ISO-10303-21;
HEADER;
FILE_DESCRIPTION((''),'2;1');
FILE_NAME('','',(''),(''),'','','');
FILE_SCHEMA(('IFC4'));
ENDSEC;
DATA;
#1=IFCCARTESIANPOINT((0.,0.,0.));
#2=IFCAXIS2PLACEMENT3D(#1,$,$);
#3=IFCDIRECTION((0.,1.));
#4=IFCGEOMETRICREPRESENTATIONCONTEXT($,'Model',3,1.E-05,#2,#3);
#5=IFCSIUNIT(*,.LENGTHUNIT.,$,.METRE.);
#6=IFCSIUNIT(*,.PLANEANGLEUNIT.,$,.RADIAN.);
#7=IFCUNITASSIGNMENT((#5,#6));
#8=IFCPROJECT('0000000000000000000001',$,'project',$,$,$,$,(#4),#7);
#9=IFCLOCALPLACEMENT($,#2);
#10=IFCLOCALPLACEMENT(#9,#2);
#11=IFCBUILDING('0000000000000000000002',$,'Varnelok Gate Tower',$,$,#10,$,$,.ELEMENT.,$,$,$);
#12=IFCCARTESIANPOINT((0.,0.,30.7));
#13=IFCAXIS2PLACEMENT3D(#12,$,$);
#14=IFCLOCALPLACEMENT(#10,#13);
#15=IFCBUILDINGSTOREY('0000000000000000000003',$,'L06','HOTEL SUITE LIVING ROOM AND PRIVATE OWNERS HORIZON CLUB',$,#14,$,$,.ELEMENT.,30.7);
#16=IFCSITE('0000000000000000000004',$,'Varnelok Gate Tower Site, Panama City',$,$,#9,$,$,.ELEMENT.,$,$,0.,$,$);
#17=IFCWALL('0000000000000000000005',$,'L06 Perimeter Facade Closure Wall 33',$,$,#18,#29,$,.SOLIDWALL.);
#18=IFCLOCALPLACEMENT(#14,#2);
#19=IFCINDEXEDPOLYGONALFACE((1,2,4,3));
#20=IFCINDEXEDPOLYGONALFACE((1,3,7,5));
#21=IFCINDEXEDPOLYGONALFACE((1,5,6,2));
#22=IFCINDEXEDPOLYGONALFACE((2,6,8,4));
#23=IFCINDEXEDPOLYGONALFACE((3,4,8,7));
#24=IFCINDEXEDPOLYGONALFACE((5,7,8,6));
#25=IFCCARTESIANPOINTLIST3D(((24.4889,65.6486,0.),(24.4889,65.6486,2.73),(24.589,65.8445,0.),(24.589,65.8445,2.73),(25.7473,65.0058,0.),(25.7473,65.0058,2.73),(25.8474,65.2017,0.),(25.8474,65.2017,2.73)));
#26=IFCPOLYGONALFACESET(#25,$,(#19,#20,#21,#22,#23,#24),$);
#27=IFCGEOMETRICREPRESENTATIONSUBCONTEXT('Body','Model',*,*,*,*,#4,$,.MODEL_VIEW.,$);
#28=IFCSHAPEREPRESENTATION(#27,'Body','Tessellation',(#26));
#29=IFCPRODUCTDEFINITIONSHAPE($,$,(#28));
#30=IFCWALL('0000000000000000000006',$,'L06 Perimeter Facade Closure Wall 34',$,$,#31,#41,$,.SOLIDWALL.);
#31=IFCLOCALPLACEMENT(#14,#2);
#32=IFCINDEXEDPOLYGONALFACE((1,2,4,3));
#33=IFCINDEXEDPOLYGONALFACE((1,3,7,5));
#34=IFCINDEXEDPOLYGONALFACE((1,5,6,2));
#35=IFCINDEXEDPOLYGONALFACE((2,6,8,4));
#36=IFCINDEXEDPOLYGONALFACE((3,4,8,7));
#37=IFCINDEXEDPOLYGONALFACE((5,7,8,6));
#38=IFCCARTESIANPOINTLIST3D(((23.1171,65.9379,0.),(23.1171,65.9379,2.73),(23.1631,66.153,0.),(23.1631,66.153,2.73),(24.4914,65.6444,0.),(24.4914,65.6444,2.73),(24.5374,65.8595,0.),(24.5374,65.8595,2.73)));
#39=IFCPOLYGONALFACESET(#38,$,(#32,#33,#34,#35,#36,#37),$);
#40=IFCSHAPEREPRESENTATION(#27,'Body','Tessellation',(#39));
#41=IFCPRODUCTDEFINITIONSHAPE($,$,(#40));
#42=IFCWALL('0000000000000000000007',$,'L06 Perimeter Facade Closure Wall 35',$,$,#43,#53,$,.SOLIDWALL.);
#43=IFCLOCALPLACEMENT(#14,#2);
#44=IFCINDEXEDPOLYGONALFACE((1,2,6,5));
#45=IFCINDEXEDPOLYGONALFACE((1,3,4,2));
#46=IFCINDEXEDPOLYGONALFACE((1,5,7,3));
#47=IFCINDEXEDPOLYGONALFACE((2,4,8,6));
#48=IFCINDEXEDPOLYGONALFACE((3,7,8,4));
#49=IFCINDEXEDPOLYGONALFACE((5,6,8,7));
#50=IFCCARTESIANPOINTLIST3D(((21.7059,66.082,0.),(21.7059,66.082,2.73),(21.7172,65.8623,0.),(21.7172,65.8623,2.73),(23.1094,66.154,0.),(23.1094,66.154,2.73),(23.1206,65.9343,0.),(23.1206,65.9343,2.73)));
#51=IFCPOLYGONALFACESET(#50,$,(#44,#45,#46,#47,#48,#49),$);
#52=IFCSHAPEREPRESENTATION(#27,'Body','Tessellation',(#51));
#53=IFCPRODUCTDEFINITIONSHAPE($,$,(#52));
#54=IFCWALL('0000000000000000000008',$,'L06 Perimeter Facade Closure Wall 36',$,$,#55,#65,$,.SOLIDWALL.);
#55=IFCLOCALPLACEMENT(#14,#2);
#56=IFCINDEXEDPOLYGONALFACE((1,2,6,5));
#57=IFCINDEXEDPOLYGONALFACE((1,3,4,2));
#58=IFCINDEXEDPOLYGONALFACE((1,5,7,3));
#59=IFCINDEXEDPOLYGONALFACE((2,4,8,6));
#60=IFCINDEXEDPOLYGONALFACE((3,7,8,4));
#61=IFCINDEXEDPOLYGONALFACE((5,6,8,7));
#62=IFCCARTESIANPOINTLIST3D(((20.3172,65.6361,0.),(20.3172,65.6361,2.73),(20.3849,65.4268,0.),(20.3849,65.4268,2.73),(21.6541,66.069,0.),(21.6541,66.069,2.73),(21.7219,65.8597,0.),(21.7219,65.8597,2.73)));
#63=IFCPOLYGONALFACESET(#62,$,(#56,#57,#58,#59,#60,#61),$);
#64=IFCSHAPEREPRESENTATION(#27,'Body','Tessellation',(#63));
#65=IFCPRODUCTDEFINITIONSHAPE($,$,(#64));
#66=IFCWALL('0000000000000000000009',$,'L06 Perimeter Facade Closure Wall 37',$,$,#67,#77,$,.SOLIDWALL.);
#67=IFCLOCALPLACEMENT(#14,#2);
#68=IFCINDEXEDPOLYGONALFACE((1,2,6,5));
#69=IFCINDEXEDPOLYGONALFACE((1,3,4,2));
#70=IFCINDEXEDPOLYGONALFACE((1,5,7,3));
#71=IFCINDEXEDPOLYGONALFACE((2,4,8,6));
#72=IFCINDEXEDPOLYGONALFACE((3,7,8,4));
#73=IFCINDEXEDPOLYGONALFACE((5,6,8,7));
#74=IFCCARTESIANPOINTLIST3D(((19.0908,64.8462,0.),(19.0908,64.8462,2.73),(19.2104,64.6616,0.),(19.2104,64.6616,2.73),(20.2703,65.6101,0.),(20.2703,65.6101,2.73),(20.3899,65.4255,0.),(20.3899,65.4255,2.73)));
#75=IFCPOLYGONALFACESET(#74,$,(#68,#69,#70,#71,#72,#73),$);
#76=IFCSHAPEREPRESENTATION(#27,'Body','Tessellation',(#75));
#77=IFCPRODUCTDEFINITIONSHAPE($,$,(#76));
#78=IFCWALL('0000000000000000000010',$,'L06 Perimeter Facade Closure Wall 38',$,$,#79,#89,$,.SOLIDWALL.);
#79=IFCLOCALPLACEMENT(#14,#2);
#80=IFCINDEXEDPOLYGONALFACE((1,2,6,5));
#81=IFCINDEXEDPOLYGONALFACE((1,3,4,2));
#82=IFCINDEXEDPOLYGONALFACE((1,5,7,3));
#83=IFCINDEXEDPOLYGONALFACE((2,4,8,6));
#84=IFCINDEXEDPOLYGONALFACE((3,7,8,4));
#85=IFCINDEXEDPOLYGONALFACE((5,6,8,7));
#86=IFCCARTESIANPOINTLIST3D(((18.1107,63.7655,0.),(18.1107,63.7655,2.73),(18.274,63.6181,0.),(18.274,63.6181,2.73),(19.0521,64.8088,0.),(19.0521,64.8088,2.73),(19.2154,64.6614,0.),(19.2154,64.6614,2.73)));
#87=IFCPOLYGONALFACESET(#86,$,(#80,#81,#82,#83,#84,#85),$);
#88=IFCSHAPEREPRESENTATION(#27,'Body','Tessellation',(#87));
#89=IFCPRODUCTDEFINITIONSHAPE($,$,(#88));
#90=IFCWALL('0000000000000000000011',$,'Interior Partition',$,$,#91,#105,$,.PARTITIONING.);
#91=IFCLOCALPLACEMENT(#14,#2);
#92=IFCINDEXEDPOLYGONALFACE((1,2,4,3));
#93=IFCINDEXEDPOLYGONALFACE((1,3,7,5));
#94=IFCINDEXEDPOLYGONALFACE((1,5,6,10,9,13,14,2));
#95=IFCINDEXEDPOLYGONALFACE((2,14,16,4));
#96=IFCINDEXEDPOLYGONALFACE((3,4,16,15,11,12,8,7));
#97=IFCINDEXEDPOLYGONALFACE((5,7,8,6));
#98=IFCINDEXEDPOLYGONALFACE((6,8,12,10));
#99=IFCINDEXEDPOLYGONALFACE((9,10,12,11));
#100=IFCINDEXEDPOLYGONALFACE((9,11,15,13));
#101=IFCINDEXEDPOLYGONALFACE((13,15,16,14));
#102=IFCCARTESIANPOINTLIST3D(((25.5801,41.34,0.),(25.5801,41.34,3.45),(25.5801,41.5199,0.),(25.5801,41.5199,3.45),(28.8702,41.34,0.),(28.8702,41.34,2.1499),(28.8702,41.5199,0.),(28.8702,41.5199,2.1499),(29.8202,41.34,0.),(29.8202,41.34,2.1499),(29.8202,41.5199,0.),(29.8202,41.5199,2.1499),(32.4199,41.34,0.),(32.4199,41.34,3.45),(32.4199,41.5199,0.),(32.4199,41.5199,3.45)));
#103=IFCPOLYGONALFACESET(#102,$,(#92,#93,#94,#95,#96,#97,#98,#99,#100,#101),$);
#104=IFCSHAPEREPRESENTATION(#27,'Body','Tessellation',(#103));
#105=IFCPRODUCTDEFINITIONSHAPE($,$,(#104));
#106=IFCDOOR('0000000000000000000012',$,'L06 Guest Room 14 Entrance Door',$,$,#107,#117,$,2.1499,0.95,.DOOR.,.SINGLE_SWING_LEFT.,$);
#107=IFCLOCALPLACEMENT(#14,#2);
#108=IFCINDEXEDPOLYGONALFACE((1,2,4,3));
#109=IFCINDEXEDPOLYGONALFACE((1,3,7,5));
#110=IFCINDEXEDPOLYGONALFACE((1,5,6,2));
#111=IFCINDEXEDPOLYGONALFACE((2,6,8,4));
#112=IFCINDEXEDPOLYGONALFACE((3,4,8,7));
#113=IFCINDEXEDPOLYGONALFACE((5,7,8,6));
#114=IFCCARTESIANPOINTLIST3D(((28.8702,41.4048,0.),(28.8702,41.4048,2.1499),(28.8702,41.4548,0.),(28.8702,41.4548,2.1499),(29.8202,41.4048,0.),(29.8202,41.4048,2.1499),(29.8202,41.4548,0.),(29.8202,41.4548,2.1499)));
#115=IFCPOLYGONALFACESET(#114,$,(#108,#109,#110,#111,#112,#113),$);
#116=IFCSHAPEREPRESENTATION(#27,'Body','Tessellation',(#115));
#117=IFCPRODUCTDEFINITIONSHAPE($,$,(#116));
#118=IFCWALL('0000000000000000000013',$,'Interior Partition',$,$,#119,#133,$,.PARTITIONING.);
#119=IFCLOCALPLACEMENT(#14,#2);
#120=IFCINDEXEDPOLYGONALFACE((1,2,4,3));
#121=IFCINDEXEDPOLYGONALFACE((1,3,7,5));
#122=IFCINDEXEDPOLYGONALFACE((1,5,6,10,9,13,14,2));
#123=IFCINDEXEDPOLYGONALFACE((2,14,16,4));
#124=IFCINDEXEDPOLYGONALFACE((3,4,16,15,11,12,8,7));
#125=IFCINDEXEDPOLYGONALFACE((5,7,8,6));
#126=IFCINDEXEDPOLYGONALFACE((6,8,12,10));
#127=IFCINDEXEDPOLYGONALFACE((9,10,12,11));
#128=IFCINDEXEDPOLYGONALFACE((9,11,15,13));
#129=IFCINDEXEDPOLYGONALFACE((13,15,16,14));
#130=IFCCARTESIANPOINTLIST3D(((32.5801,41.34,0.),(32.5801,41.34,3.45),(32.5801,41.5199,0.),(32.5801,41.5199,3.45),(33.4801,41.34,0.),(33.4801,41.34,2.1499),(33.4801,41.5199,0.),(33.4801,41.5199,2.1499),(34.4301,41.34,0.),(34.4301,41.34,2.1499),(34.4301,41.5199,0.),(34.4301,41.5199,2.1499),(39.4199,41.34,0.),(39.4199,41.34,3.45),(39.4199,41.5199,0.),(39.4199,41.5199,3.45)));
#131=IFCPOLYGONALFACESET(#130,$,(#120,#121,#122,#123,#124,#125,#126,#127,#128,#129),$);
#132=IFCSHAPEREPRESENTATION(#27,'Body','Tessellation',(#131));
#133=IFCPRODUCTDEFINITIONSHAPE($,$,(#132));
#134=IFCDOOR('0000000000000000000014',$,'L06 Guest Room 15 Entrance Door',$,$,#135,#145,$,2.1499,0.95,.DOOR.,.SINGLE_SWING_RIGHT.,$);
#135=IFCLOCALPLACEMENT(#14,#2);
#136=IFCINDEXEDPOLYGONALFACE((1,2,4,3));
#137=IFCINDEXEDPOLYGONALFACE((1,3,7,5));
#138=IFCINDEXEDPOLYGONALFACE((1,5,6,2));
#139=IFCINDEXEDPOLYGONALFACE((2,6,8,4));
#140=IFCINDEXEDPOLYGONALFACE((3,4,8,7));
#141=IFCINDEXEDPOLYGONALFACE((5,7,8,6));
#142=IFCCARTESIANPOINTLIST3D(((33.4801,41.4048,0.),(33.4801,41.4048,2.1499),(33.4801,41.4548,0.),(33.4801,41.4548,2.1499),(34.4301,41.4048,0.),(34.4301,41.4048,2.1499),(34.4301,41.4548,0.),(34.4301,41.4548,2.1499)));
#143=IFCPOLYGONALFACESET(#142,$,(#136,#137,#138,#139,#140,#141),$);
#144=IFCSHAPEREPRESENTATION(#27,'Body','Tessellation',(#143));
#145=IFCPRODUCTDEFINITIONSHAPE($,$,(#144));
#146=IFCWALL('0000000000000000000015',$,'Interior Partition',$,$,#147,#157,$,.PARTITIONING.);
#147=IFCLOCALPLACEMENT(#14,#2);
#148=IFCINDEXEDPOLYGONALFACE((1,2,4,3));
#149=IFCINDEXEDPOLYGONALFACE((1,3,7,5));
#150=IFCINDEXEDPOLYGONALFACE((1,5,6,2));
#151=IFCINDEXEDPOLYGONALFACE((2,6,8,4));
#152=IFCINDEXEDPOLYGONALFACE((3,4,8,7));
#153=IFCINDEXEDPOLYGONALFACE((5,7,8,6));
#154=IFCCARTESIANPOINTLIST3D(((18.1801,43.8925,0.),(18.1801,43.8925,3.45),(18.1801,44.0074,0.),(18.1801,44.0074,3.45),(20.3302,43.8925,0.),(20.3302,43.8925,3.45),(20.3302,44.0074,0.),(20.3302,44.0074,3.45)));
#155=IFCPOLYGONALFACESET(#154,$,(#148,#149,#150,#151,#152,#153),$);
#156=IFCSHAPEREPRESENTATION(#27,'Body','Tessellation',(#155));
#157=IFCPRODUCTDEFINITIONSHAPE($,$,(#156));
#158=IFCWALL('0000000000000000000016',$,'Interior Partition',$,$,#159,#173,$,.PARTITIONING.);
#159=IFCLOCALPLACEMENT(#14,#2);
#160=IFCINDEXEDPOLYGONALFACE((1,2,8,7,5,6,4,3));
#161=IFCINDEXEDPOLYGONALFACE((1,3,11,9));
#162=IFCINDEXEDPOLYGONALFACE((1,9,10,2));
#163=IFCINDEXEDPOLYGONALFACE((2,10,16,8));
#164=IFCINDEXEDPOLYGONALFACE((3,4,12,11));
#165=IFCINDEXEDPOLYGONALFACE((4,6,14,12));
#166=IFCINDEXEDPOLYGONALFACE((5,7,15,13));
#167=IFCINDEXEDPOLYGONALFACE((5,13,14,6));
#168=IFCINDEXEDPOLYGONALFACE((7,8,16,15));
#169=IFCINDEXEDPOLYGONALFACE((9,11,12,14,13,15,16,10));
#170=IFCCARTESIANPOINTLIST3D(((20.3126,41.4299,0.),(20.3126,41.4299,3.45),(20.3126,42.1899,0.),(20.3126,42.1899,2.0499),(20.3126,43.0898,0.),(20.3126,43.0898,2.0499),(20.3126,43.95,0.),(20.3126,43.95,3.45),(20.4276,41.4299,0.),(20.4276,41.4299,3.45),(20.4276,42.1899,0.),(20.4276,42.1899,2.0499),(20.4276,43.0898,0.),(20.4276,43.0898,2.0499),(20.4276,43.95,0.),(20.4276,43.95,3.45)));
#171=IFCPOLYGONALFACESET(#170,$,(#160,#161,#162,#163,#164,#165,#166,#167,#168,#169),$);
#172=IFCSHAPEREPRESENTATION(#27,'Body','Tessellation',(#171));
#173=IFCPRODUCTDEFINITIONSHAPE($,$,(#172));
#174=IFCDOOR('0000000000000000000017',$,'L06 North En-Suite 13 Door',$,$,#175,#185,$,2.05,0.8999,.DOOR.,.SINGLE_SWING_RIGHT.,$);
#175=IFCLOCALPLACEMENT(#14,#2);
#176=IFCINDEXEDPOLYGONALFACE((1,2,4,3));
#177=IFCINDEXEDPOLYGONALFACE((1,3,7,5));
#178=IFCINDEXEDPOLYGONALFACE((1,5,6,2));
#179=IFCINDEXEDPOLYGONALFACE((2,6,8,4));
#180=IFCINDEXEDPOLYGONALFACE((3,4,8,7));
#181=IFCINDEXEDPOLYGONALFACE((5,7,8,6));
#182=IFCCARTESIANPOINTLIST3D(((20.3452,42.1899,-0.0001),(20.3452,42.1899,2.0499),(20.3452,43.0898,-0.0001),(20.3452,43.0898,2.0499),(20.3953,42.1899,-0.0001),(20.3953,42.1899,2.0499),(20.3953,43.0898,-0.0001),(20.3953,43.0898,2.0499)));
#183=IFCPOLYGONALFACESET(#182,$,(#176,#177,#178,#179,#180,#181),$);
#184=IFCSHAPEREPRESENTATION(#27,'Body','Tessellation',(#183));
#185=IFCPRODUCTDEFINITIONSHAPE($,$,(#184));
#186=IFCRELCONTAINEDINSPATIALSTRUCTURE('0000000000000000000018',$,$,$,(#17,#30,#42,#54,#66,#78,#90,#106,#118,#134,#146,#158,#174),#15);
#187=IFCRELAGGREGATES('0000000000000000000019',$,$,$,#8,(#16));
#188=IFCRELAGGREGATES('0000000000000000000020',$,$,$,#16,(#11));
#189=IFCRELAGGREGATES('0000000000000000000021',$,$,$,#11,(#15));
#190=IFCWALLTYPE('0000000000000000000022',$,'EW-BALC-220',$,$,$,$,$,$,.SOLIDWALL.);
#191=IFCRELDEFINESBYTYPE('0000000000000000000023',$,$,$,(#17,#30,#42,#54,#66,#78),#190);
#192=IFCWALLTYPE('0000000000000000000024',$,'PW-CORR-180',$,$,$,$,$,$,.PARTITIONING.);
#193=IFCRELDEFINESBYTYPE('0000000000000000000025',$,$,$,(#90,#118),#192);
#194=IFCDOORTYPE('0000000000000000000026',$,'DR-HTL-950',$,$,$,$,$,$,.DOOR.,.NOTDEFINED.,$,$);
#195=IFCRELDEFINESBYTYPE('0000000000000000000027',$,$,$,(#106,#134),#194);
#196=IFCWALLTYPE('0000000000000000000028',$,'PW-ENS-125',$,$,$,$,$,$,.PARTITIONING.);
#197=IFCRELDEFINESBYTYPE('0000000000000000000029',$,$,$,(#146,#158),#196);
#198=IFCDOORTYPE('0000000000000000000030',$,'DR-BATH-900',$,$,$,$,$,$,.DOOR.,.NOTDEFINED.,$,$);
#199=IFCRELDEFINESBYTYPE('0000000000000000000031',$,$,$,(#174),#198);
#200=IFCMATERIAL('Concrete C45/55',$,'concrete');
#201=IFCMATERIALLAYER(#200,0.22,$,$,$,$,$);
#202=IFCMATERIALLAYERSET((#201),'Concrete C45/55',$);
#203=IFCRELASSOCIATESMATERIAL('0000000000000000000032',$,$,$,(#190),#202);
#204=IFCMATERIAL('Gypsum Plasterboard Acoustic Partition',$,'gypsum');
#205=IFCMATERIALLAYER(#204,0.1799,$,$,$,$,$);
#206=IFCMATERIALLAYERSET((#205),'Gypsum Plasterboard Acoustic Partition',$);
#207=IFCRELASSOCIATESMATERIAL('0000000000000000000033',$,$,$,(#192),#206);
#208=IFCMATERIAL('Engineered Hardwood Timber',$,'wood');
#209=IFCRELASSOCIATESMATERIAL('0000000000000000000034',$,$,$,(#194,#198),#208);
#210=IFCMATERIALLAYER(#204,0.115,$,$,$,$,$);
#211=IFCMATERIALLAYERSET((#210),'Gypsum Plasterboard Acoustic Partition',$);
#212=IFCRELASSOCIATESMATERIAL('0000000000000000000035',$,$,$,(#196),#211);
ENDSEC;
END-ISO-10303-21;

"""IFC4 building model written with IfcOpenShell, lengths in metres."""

from ifc_helpers import new_model, si_unit, direction, frame, frame_2d, origin, place, context, subcontext, project, spatial, rectangle, extrude, material, layer, layer_set, type_object, element, fill, save


model = new_model("IFC4")

# Units and contexts
model_context = context("Model", 3, precision=1e-05, world=origin(), true_north=direction((0.0, 1.0)))
body_context = subcontext(model_context, "Body", "Model", "MODEL_VIEW")
ifc_project = project(units=[si_unit("LENGTHUNIT", "METRE"), si_unit("PLANEANGLEUNIT", "RADIAN")], contexts=[model_context])

# Site, building, storey
site_placement = place(None, origin())
site = spatial("IfcSite", under=ifc_project, at=site_placement, Name="Varnelok Gate Tower Site, Panama City", CompositionType="ELEMENT", RefElevation=0.0)
building_placement = place(site_placement, origin())
building = spatial("IfcBuilding", under=site, at=building_placement, Name="Varnelok Gate Tower", CompositionType="ELEMENT")
storey_placement = place(building_placement, frame((0.0, 0.0, 30.7)))
storey = spatial("IfcBuildingStorey", under=building, at=storey_placement, Name="L06", Description="HOTEL SUITE LIVING ROOM AND PRIVATE OWNERS HORIZON CLUB", CompositionType="ELEMENT", Elevation=30.7)

# Walls
ifc_material_1 = material(Name="Concrete C45/55", Category="concrete")
ifc_layer_1 = layer(ifc_material_1, 0.22)
ifc_layer_set_1 = layer_set([ifc_layer_1], Name="Concrete C45/55")
wall_type_1 = type_object("IfcWallType", Name="EW-BALC-220", PredefinedType="SOLIDWALL", material=ifc_layer_set_1)
wall_1_placement = place(storey_placement, frame((25.7974, 65.1038, 0.0), z_axis=(0.0, 0.0, 1.0), x_axis=(-0.890559, 0.454868, 0.0)))
element("IfcWall", 1, at=wall_1_placement, inside=storey, type_object=wall_type_1, Name="L06 Perimeter Facade Closure Wall 33", PredefinedType="SOLIDWALL", context=body_context, shape_type="SweptSolid", body=[
    extrude(rectangle(XDim=1.4131, YDim=0.22, at=frame_2d((0.7065, 0.0))), origin(), (0.0, 0.0, 1.0), 2.73),
])
for number, where, z_axis, x_axis, name in (
    (2, (24.5144, 65.752, 0.0), (0.0, 0.0, 1.0), (-0.977952, 0.208829, 0.0), "L06 Perimeter Facade Closure Wall 34"),
    (3, (23.115, 66.0442, 0.0), (0.0, 0.0, 1.0), (-0.998686, -0.051255, 0.0), "L06 Perimeter Facade Closure Wall 35"),
    (4, (21.688, 65.9644, 0.0), (0.0, 0.0, 1.0), (-0.951376, -0.308033, 0.0), "L06 Perimeter Facade Closure Wall 36"),
    (5, (20.3301, 65.5178, 0.0), (0.0, 0.0, 1.0), (-0.839328, -0.543626, 0.0), "L06 Perimeter Facade Closure Wall 37"),
    (6, (19.1338, 64.7351, 0.0), (0.0, 0.0, 1.0), (-0.669953, -0.742404, 0.0), "L06 Perimeter Facade Closure Wall 38"),
):
    element("IfcWall", number, at=place(storey_placement, frame(where, z_axis=z_axis, x_axis=x_axis)), inside=storey, type_object=wall_type_1, Name=name, PredefinedType="SOLIDWALL", context=body_context, shape_type="SweptSolid", body=[
        extrude(rectangle(XDim=1.4053, YDim=0.22, at=frame_2d((0.7026, 0.0))), origin(), (0.0, 0.0, 1.0), 2.73),
    ])

# Walls, openings, doors
ifc_material_2 = material(Name="Gypsum Plasterboard Acoustic Partition", Category="gypsum")
ifc_layer_2 = layer(ifc_material_2, 0.1799)
ifc_layer_set_2 = layer_set([ifc_layer_2], Name="Gypsum Plasterboard Acoustic Partition")
wall_type_2 = type_object("IfcWallType", Name="PW-CORR-180", PredefinedType="PARTITIONING", material=ifc_layer_set_2)
wall_2_placement = place(storey_placement, frame((25.5801, 41.4299, 0.0), z_axis=(0.0, 0.0, 1.0), x_axis=(1.0, 0.0, 0.0)))
wall_2 = element("IfcWall", 7, at=wall_2_placement, inside=storey, type_object=wall_type_2, Name="Interior Partition", PredefinedType="PARTITIONING", context=body_context, shape_type="SweptSolid", body=[
    extrude(rectangle(XDim=6.8398, YDim=0.1799, at=frame_2d((3.4199, 0.0))), origin(), (0.0, 0.0, 1.0), 3.45),
])
opening_1_placement = place(wall_2_placement, frame((3.29, 0.0, 0.0)))
opening_1 = element("IfcOpeningElement", 8, at=opening_1_placement, cuts=wall_2, PredefinedType="OPENING", context=body_context, shape_type="SweptSolid", body=[
    extrude(rectangle(XDim=0.95, YDim=2.1499, at=frame_2d((0.4751, 1.075))), frame((0.0, 0.0999, 0.0), z_axis=(0.0, -1.0, 0.0), x_axis=(1.0, 0.0, 0.0)), (0.0, 0.0, 1.0), 0.2),
])
ifc_material_3 = material(Name="Engineered Hardwood Timber", Category="wood")
door_type_1 = type_object("IfcDoorType", Name="DR-HTL-950", OperationType="NOTDEFINED", PredefinedType="DOOR", material=ifc_material_3)
door_1_placement = place(opening_1_placement, origin())
door_1 = element("IfcDoor", 9, at=door_1_placement, inside=storey, type_object=door_type_1, Name="L06 Guest Room 14 Entrance Door", OperationType="SINGLE_SWING_LEFT", OverallHeight=2.1499, OverallWidth=0.95, PredefinedType="DOOR", context=body_context, shape_type="SweptSolid", body=[
    extrude(rectangle(XDim=0.95, YDim=2.1499, at=frame_2d((0.4751, 1.075))), frame((0.0, 0.0249, 0.0), z_axis=(0.0, -1.0, 0.0), x_axis=(1.0, 0.0, 0.0)), (0.0, 0.0, 1.0), 0.05),
])
fill(opening_1, door_1)
wall_3_placement = place(storey_placement, frame((32.5801, 41.4299, 0.0), z_axis=(0.0, 0.0, 1.0), x_axis=(1.0, 0.0, 0.0)))
wall_3 = element("IfcWall", 10, at=wall_3_placement, inside=storey, type_object=wall_type_2, Name="Interior Partition", PredefinedType="PARTITIONING", context=body_context, shape_type="SweptSolid", body=[
    extrude(rectangle(XDim=6.8398, YDim=0.1799, at=frame_2d((3.4199, 0.0))), origin(), (0.0, 0.0, 1.0), 3.45),
])
opening_2_placement = place(wall_3_placement, frame((0.8999, 0.0, 0.0)))
opening_2 = element("IfcOpeningElement", 11, at=opening_2_placement, cuts=wall_3, PredefinedType="OPENING", context=body_context, shape_type="SweptSolid", body=[
    extrude(rectangle(XDim=0.95, YDim=2.1499, at=frame_2d((0.4751, 1.075))), frame((0.0, 0.0999, 0.0), z_axis=(0.0, -1.0, 0.0), x_axis=(1.0, 0.0, 0.0)), (0.0, 0.0, 1.0), 0.2),
])
door_2_placement = place(opening_2_placement, origin())
door_2 = element("IfcDoor", 12, at=door_2_placement, inside=storey, type_object=door_type_1, Name="L06 Guest Room 15 Entrance Door", OperationType="SINGLE_SWING_RIGHT", OverallHeight=2.1499, OverallWidth=0.95, PredefinedType="DOOR", context=body_context, shape_type="SweptSolid", body=[
    extrude(rectangle(XDim=0.95, YDim=2.1499, at=frame_2d((0.4751, 1.075))), frame((0.0, 0.0249, 0.0), z_axis=(0.0, -1.0, 0.0), x_axis=(1.0, 0.0, 0.0)), (0.0, 0.0, 1.0), 0.05),
])
fill(opening_2, door_2)

# Wall
ifc_layer_3 = layer(ifc_material_2, 0.115)
ifc_layer_set_3 = layer_set([ifc_layer_3], Name="Gypsum Plasterboard Acoustic Partition")
wall_type_3 = type_object("IfcWallType", Name="PW-ENS-125", PredefinedType="PARTITIONING", material=ifc_layer_set_3)
wall_4_placement = place(storey_placement, frame((18.1799, 43.95, 0.0), z_axis=(0.0, 0.0, 1.0), x_axis=(1.0, 0.0, 0.0)))
element("IfcWall", 13, at=wall_4_placement, inside=storey, type_object=wall_type_3, Name="Interior Partition", PredefinedType="PARTITIONING", context=body_context, shape_type="SweptSolid", body=[
    extrude(rectangle(XDim=2.1501, YDim=0.115, at=frame_2d((1.0752, 0.0))), origin(), (0.0, 0.0, 1.0), 3.45),
])

# Wall, opening, door
wall_5_placement = place(storey_placement, frame((20.3701, 41.4299, 0.0), z_axis=(0.0, 0.0, 1.0), x_axis=(0.0, 1.0, 0.0)))
wall_5 = element("IfcWall", 14, at=wall_5_placement, inside=storey, type_object=wall_type_3, Name="Interior Partition", PredefinedType="PARTITIONING", context=body_context, shape_type="SweptSolid", body=[
    extrude(rectangle(XDim=2.52, YDim=0.115, at=frame_2d((1.26, 0.0))), origin(), (0.0, 0.0, 1.0), 3.45),
])
opening_3_placement = place(wall_5_placement, frame((0.76, 0.0, 0.0)))
opening_3 = element("IfcOpeningElement", 15, at=opening_3_placement, cuts=wall_5, PredefinedType="OPENING", context=body_context, shape_type="SweptSolid", body=[
    extrude(rectangle(XDim=0.8999, YDim=2.05, at=frame_2d((0.45, 1.0249))), frame((0.0, 0.0674, 0.0), z_axis=(0.0, -1.0, 0.0), x_axis=(1.0, 0.0, 0.0)), (0.0, 0.0, 1.0), 0.135),
])
door_type_2 = type_object("IfcDoorType", Name="DR-BATH-900", OperationType="NOTDEFINED", PredefinedType="DOOR", material=ifc_material_3)
door_3_placement = place(opening_3_placement, origin())
door_3 = element("IfcDoor", 16, at=door_3_placement, inside=storey, type_object=door_type_2, Name="L06 North En-Suite 13 Door", OperationType="SINGLE_SWING_RIGHT", OverallHeight=2.05, OverallWidth=0.8999, PredefinedType="DOOR", context=body_context, shape_type="SweptSolid", body=[
    extrude(rectangle(XDim=0.8999, YDim=2.05, at=frame_2d((0.45, 1.0249))), frame((0.0, 0.0249, 0.0), z_axis=(0.0, -1.0, 0.0), x_axis=(1.0, 0.0, 0.0)), (0.0, 0.0, 1.0), 0.05),
])
fill(opening_3, door_3)

save(model, "model.ifc")
